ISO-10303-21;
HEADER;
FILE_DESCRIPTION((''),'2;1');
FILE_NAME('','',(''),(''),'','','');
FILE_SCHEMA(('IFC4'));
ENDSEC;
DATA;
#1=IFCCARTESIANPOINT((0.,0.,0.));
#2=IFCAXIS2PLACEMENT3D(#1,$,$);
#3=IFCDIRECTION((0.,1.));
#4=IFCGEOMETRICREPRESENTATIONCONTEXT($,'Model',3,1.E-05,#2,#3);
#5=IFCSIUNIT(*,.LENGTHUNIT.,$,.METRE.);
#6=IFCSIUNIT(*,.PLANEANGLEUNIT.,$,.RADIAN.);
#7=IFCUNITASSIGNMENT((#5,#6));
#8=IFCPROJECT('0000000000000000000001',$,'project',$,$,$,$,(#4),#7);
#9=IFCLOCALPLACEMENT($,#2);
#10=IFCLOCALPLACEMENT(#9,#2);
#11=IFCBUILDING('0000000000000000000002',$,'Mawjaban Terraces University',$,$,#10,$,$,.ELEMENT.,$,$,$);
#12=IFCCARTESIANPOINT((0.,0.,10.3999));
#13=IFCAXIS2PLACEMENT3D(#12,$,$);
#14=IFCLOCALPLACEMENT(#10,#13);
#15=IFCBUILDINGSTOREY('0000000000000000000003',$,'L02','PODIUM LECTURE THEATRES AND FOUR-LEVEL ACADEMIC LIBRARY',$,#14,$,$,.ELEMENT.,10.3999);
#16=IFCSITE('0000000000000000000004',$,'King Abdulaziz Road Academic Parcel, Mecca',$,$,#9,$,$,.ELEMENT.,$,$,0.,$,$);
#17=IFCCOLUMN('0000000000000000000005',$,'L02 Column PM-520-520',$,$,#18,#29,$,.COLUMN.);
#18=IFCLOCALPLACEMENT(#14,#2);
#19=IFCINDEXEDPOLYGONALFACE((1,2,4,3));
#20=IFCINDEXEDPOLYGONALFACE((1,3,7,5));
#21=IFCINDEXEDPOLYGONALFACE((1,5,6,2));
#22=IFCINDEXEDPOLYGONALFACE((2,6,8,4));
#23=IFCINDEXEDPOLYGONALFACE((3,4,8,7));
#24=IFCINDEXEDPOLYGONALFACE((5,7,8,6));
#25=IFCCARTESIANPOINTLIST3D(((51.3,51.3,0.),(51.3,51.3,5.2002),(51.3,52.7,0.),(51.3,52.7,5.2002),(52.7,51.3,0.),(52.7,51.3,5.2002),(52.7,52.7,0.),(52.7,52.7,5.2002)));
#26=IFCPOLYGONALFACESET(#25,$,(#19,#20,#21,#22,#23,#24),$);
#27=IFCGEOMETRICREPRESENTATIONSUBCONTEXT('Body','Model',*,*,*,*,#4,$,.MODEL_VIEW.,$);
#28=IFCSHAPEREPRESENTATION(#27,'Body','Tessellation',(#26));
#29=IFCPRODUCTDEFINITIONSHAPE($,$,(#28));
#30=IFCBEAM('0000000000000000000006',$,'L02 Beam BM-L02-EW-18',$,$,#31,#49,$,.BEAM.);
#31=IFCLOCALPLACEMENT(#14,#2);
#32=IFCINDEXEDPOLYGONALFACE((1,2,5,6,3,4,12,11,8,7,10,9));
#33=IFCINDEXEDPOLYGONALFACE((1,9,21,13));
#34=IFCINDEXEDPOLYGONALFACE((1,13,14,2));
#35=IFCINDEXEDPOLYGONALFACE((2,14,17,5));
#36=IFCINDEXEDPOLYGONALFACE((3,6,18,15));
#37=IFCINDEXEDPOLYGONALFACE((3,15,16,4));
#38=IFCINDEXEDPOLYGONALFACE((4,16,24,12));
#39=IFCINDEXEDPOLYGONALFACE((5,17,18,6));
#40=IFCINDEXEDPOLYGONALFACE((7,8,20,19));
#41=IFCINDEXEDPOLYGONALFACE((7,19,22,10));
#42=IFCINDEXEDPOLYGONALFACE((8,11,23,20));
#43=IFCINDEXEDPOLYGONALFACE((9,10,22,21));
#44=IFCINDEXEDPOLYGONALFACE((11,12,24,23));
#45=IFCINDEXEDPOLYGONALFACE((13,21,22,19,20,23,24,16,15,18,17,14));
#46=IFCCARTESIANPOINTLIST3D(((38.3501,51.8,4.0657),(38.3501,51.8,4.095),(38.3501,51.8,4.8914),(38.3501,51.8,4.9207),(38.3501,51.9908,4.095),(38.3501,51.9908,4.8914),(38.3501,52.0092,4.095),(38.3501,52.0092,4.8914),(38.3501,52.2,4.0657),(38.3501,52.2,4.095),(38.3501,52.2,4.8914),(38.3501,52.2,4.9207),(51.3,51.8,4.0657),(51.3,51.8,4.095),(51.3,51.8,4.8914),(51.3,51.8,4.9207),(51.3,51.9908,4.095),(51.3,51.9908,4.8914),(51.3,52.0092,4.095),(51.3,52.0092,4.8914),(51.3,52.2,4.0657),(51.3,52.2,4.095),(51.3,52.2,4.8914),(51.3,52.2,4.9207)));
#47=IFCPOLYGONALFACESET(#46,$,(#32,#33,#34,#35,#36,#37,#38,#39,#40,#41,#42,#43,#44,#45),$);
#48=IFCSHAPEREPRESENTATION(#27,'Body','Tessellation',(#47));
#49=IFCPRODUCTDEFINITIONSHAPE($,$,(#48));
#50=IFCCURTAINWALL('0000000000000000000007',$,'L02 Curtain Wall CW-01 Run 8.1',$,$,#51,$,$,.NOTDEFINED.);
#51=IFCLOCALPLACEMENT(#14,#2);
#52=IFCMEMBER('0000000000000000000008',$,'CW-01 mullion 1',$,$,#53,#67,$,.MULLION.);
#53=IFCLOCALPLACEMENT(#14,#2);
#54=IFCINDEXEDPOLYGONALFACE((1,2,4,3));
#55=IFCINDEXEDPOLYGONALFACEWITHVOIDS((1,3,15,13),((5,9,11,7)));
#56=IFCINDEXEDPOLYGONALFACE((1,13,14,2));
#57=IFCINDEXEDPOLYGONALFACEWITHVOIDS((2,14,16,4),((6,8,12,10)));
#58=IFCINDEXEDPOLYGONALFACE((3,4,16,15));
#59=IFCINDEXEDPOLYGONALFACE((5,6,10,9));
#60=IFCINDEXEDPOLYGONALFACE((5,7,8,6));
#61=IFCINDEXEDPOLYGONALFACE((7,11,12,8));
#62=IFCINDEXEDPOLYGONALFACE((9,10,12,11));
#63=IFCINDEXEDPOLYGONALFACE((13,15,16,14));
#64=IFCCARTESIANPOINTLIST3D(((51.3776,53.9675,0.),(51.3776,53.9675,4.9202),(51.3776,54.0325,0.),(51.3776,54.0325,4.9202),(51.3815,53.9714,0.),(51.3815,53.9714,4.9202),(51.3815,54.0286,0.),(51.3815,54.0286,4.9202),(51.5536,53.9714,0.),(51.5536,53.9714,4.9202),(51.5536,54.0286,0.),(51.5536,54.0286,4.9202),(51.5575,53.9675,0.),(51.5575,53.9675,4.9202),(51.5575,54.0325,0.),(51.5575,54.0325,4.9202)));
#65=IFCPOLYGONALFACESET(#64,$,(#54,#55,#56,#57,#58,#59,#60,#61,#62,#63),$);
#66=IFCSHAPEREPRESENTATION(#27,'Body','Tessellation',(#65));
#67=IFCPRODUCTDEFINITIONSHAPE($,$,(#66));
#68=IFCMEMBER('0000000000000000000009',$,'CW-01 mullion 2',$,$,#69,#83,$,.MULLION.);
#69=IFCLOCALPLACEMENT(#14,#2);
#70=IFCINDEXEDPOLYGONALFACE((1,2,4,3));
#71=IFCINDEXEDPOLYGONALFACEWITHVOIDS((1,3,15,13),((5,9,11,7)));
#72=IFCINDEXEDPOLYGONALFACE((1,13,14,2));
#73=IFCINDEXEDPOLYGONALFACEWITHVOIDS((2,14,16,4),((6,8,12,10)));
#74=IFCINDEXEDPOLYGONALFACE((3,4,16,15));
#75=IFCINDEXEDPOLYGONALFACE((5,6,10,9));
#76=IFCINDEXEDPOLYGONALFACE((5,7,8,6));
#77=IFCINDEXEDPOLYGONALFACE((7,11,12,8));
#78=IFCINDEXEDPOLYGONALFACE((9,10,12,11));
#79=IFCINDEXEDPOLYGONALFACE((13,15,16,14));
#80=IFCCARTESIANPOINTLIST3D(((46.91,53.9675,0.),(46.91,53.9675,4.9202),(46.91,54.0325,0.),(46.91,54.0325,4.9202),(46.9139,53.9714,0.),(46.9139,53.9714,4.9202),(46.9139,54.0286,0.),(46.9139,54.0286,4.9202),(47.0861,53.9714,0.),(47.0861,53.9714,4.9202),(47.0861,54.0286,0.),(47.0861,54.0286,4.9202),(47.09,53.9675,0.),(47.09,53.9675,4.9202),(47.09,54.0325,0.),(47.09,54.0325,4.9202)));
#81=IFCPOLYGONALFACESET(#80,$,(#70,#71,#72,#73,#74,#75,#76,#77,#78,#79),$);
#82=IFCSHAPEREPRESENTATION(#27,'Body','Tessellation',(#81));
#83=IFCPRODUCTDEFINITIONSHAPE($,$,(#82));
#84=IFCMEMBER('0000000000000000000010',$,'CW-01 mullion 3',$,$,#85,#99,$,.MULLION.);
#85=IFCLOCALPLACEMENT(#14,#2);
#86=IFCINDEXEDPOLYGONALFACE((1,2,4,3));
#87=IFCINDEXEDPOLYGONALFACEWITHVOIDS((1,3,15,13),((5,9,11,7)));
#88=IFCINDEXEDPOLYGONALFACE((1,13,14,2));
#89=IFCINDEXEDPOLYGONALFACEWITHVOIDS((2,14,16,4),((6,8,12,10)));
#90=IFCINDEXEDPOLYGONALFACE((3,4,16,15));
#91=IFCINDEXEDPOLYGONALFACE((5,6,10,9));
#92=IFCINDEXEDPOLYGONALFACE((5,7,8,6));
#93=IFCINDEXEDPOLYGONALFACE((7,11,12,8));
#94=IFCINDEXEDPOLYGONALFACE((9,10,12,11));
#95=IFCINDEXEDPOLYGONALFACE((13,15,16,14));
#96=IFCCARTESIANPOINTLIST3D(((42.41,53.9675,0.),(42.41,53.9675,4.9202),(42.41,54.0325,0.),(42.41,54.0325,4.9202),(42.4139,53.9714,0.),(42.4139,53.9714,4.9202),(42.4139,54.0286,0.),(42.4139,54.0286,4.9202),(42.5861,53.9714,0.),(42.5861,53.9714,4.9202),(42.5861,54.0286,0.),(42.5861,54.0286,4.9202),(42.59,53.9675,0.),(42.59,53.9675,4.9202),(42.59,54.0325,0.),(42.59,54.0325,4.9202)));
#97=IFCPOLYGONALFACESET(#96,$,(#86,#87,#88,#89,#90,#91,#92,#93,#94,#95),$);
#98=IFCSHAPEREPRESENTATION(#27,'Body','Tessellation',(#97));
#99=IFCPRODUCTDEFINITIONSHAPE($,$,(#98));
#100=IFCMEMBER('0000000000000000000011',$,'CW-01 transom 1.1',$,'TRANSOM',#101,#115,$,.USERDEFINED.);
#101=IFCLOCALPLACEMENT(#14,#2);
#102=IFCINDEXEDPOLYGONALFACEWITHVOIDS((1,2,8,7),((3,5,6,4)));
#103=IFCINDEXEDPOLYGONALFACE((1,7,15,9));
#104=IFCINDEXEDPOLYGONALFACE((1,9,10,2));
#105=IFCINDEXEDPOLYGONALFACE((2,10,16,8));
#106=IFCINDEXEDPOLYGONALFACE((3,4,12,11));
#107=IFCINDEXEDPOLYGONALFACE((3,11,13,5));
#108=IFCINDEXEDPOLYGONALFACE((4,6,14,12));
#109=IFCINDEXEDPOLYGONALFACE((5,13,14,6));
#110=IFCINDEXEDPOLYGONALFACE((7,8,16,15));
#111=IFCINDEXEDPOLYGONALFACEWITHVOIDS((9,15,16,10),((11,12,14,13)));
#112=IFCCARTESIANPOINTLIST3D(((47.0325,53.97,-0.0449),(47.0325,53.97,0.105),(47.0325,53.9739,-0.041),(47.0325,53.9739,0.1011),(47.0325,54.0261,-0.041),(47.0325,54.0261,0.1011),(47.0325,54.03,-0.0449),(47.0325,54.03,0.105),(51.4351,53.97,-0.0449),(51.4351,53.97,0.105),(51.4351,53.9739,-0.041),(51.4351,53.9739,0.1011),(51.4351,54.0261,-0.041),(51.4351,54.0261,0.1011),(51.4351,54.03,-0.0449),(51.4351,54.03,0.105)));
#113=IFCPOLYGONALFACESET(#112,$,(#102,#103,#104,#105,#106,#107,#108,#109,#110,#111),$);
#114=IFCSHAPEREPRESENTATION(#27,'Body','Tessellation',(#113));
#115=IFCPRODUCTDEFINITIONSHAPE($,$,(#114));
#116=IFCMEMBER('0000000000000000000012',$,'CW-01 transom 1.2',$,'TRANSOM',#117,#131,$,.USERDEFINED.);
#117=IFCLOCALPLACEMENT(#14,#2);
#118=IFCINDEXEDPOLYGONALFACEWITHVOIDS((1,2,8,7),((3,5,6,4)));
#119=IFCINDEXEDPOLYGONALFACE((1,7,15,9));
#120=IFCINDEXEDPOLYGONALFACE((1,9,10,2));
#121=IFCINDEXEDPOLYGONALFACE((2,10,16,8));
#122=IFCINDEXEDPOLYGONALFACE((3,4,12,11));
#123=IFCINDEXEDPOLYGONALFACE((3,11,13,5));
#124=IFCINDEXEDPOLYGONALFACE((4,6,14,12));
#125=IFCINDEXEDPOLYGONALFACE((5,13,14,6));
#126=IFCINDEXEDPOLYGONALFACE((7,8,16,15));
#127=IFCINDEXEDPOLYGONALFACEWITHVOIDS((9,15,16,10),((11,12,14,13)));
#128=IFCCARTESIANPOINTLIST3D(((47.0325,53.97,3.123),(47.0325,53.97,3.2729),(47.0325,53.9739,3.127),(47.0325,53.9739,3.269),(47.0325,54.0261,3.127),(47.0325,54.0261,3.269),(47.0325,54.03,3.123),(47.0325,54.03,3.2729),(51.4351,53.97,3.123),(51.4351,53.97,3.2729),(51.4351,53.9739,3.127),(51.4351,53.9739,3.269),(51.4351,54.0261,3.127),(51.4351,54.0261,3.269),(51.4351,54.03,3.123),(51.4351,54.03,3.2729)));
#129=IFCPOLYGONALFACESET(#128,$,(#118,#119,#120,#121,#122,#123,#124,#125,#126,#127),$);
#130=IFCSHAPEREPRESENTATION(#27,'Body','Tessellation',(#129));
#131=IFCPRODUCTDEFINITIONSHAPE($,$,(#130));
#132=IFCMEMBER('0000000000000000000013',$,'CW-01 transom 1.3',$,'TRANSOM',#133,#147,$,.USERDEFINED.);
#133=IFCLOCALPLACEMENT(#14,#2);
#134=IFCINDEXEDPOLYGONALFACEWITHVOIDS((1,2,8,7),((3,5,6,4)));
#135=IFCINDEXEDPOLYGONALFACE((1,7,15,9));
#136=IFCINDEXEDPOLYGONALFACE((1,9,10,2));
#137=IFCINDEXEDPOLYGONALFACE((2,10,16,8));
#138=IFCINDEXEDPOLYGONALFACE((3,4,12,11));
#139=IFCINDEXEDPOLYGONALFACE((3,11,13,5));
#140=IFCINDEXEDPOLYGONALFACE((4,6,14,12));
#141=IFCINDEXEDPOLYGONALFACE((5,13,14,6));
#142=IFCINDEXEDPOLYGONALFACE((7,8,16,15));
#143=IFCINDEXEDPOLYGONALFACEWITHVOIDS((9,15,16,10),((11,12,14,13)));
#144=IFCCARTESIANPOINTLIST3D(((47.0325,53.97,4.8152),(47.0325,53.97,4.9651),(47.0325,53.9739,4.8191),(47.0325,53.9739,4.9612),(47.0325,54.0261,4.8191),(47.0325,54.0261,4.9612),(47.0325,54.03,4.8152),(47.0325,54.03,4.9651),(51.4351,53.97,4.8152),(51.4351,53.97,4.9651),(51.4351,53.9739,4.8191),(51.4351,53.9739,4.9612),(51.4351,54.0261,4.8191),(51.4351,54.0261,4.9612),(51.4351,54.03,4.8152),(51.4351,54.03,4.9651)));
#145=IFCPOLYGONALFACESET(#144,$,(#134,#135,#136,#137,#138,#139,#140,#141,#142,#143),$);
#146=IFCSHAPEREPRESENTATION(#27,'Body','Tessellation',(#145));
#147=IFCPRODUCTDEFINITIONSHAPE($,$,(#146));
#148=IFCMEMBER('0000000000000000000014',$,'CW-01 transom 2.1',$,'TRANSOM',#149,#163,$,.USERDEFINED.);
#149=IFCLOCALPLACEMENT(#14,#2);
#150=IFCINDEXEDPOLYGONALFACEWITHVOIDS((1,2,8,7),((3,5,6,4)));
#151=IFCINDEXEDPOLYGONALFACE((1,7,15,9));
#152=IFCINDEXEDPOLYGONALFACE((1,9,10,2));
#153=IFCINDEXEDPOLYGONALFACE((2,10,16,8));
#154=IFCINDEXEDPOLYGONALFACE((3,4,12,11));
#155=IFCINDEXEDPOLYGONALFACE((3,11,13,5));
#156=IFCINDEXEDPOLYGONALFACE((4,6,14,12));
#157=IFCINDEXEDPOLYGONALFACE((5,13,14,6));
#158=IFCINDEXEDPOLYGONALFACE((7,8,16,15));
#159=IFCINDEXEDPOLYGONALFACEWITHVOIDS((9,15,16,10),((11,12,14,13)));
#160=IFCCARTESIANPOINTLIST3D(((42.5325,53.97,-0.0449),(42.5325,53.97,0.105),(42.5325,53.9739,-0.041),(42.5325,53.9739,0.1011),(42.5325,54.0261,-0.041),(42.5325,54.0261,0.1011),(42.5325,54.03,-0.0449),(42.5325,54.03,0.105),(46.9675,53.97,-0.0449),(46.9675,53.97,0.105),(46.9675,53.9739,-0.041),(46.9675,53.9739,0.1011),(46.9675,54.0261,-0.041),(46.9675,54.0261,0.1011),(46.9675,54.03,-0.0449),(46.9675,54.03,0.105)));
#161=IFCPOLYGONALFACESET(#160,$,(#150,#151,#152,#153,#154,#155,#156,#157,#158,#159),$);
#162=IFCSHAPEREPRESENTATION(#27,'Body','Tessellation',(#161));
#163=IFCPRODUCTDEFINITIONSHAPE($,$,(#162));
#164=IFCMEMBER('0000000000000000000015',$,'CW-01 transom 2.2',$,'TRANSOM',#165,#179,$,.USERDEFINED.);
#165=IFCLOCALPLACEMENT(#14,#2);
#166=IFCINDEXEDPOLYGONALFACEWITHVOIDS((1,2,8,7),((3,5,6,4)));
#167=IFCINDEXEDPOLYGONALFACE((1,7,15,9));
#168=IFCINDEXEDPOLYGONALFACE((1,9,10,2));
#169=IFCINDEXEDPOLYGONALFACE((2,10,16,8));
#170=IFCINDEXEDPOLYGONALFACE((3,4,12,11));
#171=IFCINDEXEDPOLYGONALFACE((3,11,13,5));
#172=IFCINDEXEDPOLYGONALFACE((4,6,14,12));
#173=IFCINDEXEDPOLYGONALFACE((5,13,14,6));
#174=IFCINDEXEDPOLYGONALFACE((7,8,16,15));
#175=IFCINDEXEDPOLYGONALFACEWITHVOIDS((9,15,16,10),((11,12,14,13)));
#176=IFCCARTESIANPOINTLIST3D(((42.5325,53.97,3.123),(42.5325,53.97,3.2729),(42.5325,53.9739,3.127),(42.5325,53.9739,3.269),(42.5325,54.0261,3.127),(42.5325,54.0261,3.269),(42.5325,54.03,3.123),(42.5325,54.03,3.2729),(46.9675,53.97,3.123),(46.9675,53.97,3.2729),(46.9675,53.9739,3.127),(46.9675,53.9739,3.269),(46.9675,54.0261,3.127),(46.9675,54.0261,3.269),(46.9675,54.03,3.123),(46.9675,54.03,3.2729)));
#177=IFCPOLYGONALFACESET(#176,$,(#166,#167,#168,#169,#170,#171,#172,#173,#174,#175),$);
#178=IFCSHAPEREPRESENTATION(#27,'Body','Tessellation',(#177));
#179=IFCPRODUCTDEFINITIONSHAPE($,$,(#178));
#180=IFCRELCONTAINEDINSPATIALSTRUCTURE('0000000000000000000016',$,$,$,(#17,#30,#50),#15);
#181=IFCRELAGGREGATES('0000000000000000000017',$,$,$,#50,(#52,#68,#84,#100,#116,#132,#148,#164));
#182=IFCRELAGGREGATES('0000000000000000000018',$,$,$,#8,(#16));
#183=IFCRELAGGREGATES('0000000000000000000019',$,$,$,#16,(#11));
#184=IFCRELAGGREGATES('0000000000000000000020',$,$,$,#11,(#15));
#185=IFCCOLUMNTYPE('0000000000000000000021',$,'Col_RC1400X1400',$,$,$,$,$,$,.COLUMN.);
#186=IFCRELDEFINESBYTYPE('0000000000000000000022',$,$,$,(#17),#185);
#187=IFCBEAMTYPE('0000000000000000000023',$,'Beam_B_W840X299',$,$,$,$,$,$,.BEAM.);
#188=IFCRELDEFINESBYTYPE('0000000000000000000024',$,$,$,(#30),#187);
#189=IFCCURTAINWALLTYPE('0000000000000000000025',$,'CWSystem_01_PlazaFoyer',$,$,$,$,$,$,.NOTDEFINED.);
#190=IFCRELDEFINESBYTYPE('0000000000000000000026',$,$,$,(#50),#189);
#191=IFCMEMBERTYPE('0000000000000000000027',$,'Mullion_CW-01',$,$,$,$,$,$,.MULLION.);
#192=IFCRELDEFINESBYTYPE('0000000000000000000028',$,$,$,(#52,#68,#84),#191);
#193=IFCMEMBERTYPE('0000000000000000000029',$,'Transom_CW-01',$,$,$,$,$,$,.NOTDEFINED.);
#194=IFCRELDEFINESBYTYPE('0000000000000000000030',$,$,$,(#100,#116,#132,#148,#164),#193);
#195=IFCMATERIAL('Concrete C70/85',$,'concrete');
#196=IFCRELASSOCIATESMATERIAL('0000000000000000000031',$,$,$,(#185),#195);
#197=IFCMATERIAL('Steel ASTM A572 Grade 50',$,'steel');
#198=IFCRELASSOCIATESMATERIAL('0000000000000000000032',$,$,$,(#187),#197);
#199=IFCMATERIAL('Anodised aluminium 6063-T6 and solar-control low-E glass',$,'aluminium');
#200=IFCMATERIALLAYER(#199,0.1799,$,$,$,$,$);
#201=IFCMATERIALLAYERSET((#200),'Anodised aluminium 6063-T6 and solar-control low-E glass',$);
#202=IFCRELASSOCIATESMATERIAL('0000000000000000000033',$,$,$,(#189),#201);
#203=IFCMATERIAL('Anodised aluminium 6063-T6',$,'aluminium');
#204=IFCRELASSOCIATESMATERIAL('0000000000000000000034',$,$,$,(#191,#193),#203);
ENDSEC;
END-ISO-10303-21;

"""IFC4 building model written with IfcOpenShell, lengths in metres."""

from ifc_helpers import new_model, si_unit, direction, frame, origin, origin_2d, place, context, subcontext, project, spatial, rectangle, hollow_rectangle, i_section, extrude, material, layer, layer_set, material_profile, profile_set, type_object, element, aggregate, save


model = new_model("IFC4")

# Units and contexts
model_context = context("Model", 3, precision=1e-05, world=origin(), true_north=direction((0.0, 1.0)))
body_context = subcontext(model_context, "Body", "Model", "MODEL_VIEW")
ifc_project = project(units=[si_unit("LENGTHUNIT", "METRE"), si_unit("PLANEANGLEUNIT", "RADIAN")], contexts=[model_context])

# Site, building, storey
site_placement = place(None, origin())
site = spatial("IfcSite", under=ifc_project, at=site_placement, Name="King Abdulaziz Road Academic Parcel, Mecca", CompositionType="ELEMENT", RefElevation=0.0)
building_placement = place(site_placement, origin())
building = spatial("IfcBuilding", under=site, at=building_placement, Name="Mawjaban Terraces University", CompositionType="ELEMENT")
storey_placement = place(building_placement, frame((0.0, 0.0, 10.3999)))
storey = spatial("IfcBuildingStorey", under=building, at=storey_placement, Name="L02", Description="PODIUM LECTURE THEATRES AND FOUR-LEVEL ACADEMIC LIBRARY", CompositionType="ELEMENT", Elevation=10.3999)

# Column
ifc_material_1 = material(Name="Concrete C70/85", Category="concrete")
ifc_material_profile_1 = material_profile(ifc_material_1, rectangle(XDim=1.3999, YDim=1.3999, at=origin_2d()), Name="RC1400X1400")
ifc_profile_set_1 = profile_set([ifc_material_profile_1], Name="Concrete C70/85")
column_type = type_object("IfcColumnType", Name="Col_RC1400X1400", PredefinedType="COLUMN", material=ifc_profile_set_1)
column_placement = place(storey_placement, frame((52.0, 52.0, 0.0), z_axis=(0.0, 0.0, 1.0), x_axis=(1.0, 0.0, 0.0)))
element("IfcColumn", 1, at=column_placement, inside=storey, type_object=column_type, Name="L02 Column PM-520-520", PredefinedType="COLUMN", context=body_context, shape_type="SweptSolid", body=[
    extrude(rectangle(XDim=1.3999, YDim=1.3999, at=origin_2d()), origin(), (0.0, 0.0, 1.0), 5.2002),
])

# Beam
ifc_material_2 = material(Name="Steel ASTM A572 Grade 50", Category="steel")
ifc_material_profile_2 = material_profile(ifc_material_2, i_section(OverallWidth=0.3999, OverallDepth=0.855, WebThickness=0.0183, FlangeThickness=0.0293, at=origin_2d()), Name="W840X299")
ifc_profile_set_2 = profile_set([ifc_material_profile_2], Name="Steel ASTM A572 Grade 50")
beam_type = type_object("IfcBeamType", Name="Beam_B_W840X299", PredefinedType="BEAM", material=ifc_profile_set_2)
beam_placement = place(storey_placement, frame((38.3501, 52.0, 4.4932), z_axis=(1.0, 0.0, 0.0), x_axis=(0.0, 1.0, 0.0)))
element("IfcBeam", 2, at=beam_placement, inside=storey, type_object=beam_type, Name="L02 Beam BM-L02-EW-18", PredefinedType="BEAM", context=body_context, shape_type="SweptSolid", body=[
    extrude(i_section(OverallWidth=0.3999, OverallDepth=0.855, WebThickness=0.0183, FlangeThickness=0.0293, at=origin_2d()), origin(), (0.0, 0.0, 1.0), 12.95),
])

# Curtain wall, members
ifc_material_3 = material(Name="Anodised aluminium 6063-T6 and solar-control low-E glass", Category="aluminium")
ifc_layer_1 = layer(ifc_material_3, 0.1799)
ifc_layer_set_1 = layer_set([ifc_layer_1], Name="Anodised aluminium 6063-T6 and solar-control low-E glass")
curtain_wall_type = type_object("IfcCurtainWallType", Name="CWSystem_01_PlazaFoyer", PredefinedType="NOTDEFINED", material=ifc_layer_set_1)
curtain_wall_placement = place(storey_placement, origin())
curtain_wall = element("IfcCurtainWall", 3, at=curtain_wall_placement, inside=storey, type_object=curtain_wall_type, Name="L02 Curtain Wall CW-01 Run 8.1", PredefinedType="NOTDEFINED")
ifc_material_4 = material(Name="Anodised aluminium 6063-T6", Category="aluminium")
ifc_material_profile_3 = material_profile(ifc_material_4, hollow_rectangle(XDim=0.0649, YDim=0.1799, WallThickness=0.0039, at=origin_2d()), Name="ALU180X65X4")
ifc_profile_set_3 = profile_set([ifc_material_profile_3], Name="Anodised aluminium 6063-T6")
member_type_1 = type_object("IfcMemberType", Name="Mullion_CW-01", PredefinedType="MULLION", material=ifc_profile_set_3)
member_1_placement = place(storey_placement, frame((51.4675, 54.0, 0.0), z_axis=(0.0, 0.0, 1.0), x_axis=(0.0, -1.0, 0.0)))
member_1 = element("IfcMember", 4, at=member_1_placement, type_object=member_type_1, Name="CW-01 mullion 1", PredefinedType="MULLION", context=body_context, shape_type="SweptSolid", body=[
    extrude(hollow_rectangle(XDim=0.0649, YDim=0.1799, WallThickness=0.0039, at=origin_2d()), origin(), (0.0, 0.0, 1.0), 4.9202),
])
member_2_placement = place(storey_placement, frame((47.0, 54.0, 0.0), z_axis=(0.0, 0.0, 1.0), x_axis=(0.0, -1.0, 0.0)))
member_2 = element("IfcMember", 5, at=member_2_placement, type_object=member_type_1, Name="CW-01 mullion 2", PredefinedType="MULLION", context=body_context, shape_type="SweptSolid", body=[
    extrude(hollow_rectangle(XDim=0.0649, YDim=0.1799, WallThickness=0.0039, at=origin_2d()), origin(), (0.0, 0.0, 1.0), 4.9202),
])
member_3_placement = place(storey_placement, frame((42.5, 54.0, 0.0), z_axis=(0.0, 0.0, 1.0), x_axis=(0.0, -1.0, 0.0)))
member_3 = element("IfcMember", 6, at=member_3_placement, type_object=member_type_1, Name="CW-01 mullion 3", PredefinedType="MULLION", context=body_context, shape_type="SweptSolid", body=[
    extrude(hollow_rectangle(XDim=0.0649, YDim=0.1799, WallThickness=0.0039, at=origin_2d()), origin(), (0.0, 0.0, 1.0), 4.9202),
])
ifc_material_profile_4 = material_profile(ifc_material_4, hollow_rectangle(XDim=0.0601, YDim=0.1499, WallThickness=0.0039, at=origin_2d()), Name="ALU150X60X4")
ifc_profile_set_4 = profile_set([ifc_material_profile_4], Name="Anodised aluminium 6063-T6")
member_type_2 = type_object("IfcMemberType", Name="Transom_CW-01", PredefinedType="NOTDEFINED", material=ifc_profile_set_4)
member_4_placement = place(storey_placement, frame((51.4351, 54.0, 0.03), z_axis=(-1.0, 0.0, 0.0), x_axis=(0.0, -1.0, 0.0)))
member_4 = element("IfcMember", 7, at=member_4_placement, type_object=member_type_2, Name="CW-01 transom 1.1", ObjectType="TRANSOM", PredefinedType="USERDEFINED", context=body_context, shape_type="SweptSolid", body=[
    extrude(hollow_rectangle(XDim=0.0601, YDim=0.1499, WallThickness=0.0039, at=origin_2d()), origin(), (0.0, 0.0, 1.0), 4.4026),
])
member_5_placement = place(storey_placement, frame((51.4351, 54.0, 3.198), z_axis=(-1.0, 0.0, 0.0), x_axis=(0.0, -1.0, 0.0)))
member_5 = element("IfcMember", 8, at=member_5_placement, type_object=member_type_2, Name="CW-01 transom 1.2", ObjectType="TRANSOM", PredefinedType="USERDEFINED", context=body_context, shape_type="SweptSolid", body=[
    extrude(hollow_rectangle(XDim=0.0601, YDim=0.1499, WallThickness=0.0039, at=origin_2d()), origin(), (0.0, 0.0, 1.0), 4.4026),
])
member_6_placement = place(storey_placement, frame((51.4351, 54.0, 4.8901), z_axis=(-1.0, 0.0, 0.0), x_axis=(0.0, -1.0, 0.0)))
member_6 = element("IfcMember", 9, at=member_6_placement, type_object=member_type_2, Name="CW-01 transom 1.3", ObjectType="TRANSOM", PredefinedType="USERDEFINED", context=body_context, shape_type="SweptSolid", body=[
    extrude(hollow_rectangle(XDim=0.0601, YDim=0.1499, WallThickness=0.0039, at=origin_2d()), origin(), (0.0, 0.0, 1.0), 4.4026),
])
member_7_placement = place(storey_placement, frame((46.9675, 54.0, 0.03), z_axis=(-1.0, 0.0, 0.0), x_axis=(0.0, -1.0, 0.0)))
member_7 = element("IfcMember", 10, at=member_7_placement, type_object=member_type_2, Name="CW-01 transom 2.1", ObjectType="TRANSOM", PredefinedType="USERDEFINED", context=body_context, shape_type="SweptSolid", body=[
    extrude(hollow_rectangle(XDim=0.0601, YDim=0.1499, WallThickness=0.0039, at=origin_2d()), origin(), (0.0, 0.0, 1.0), 4.4351),
])
member_8_placement = place(storey_placement, frame((46.9675, 54.0, 3.198), z_axis=(-1.0, 0.0, 0.0), x_axis=(0.0, -1.0, 0.0)))
member_8 = element("IfcMember", 11, at=member_8_placement, type_object=member_type_2, Name="CW-01 transom 2.2", ObjectType="TRANSOM", PredefinedType="USERDEFINED", context=body_context, shape_type="SweptSolid", body=[
    extrude(hollow_rectangle(XDim=0.0601, YDim=0.1499, WallThickness=0.0039, at=origin_2d()), origin(), (0.0, 0.0, 1.0), 4.4351),
])
aggregate(curtain_wall, [member_1, member_2, member_3, member_4, member_5, member_6, member_7, member_8])

save(model, "model.ifc")
